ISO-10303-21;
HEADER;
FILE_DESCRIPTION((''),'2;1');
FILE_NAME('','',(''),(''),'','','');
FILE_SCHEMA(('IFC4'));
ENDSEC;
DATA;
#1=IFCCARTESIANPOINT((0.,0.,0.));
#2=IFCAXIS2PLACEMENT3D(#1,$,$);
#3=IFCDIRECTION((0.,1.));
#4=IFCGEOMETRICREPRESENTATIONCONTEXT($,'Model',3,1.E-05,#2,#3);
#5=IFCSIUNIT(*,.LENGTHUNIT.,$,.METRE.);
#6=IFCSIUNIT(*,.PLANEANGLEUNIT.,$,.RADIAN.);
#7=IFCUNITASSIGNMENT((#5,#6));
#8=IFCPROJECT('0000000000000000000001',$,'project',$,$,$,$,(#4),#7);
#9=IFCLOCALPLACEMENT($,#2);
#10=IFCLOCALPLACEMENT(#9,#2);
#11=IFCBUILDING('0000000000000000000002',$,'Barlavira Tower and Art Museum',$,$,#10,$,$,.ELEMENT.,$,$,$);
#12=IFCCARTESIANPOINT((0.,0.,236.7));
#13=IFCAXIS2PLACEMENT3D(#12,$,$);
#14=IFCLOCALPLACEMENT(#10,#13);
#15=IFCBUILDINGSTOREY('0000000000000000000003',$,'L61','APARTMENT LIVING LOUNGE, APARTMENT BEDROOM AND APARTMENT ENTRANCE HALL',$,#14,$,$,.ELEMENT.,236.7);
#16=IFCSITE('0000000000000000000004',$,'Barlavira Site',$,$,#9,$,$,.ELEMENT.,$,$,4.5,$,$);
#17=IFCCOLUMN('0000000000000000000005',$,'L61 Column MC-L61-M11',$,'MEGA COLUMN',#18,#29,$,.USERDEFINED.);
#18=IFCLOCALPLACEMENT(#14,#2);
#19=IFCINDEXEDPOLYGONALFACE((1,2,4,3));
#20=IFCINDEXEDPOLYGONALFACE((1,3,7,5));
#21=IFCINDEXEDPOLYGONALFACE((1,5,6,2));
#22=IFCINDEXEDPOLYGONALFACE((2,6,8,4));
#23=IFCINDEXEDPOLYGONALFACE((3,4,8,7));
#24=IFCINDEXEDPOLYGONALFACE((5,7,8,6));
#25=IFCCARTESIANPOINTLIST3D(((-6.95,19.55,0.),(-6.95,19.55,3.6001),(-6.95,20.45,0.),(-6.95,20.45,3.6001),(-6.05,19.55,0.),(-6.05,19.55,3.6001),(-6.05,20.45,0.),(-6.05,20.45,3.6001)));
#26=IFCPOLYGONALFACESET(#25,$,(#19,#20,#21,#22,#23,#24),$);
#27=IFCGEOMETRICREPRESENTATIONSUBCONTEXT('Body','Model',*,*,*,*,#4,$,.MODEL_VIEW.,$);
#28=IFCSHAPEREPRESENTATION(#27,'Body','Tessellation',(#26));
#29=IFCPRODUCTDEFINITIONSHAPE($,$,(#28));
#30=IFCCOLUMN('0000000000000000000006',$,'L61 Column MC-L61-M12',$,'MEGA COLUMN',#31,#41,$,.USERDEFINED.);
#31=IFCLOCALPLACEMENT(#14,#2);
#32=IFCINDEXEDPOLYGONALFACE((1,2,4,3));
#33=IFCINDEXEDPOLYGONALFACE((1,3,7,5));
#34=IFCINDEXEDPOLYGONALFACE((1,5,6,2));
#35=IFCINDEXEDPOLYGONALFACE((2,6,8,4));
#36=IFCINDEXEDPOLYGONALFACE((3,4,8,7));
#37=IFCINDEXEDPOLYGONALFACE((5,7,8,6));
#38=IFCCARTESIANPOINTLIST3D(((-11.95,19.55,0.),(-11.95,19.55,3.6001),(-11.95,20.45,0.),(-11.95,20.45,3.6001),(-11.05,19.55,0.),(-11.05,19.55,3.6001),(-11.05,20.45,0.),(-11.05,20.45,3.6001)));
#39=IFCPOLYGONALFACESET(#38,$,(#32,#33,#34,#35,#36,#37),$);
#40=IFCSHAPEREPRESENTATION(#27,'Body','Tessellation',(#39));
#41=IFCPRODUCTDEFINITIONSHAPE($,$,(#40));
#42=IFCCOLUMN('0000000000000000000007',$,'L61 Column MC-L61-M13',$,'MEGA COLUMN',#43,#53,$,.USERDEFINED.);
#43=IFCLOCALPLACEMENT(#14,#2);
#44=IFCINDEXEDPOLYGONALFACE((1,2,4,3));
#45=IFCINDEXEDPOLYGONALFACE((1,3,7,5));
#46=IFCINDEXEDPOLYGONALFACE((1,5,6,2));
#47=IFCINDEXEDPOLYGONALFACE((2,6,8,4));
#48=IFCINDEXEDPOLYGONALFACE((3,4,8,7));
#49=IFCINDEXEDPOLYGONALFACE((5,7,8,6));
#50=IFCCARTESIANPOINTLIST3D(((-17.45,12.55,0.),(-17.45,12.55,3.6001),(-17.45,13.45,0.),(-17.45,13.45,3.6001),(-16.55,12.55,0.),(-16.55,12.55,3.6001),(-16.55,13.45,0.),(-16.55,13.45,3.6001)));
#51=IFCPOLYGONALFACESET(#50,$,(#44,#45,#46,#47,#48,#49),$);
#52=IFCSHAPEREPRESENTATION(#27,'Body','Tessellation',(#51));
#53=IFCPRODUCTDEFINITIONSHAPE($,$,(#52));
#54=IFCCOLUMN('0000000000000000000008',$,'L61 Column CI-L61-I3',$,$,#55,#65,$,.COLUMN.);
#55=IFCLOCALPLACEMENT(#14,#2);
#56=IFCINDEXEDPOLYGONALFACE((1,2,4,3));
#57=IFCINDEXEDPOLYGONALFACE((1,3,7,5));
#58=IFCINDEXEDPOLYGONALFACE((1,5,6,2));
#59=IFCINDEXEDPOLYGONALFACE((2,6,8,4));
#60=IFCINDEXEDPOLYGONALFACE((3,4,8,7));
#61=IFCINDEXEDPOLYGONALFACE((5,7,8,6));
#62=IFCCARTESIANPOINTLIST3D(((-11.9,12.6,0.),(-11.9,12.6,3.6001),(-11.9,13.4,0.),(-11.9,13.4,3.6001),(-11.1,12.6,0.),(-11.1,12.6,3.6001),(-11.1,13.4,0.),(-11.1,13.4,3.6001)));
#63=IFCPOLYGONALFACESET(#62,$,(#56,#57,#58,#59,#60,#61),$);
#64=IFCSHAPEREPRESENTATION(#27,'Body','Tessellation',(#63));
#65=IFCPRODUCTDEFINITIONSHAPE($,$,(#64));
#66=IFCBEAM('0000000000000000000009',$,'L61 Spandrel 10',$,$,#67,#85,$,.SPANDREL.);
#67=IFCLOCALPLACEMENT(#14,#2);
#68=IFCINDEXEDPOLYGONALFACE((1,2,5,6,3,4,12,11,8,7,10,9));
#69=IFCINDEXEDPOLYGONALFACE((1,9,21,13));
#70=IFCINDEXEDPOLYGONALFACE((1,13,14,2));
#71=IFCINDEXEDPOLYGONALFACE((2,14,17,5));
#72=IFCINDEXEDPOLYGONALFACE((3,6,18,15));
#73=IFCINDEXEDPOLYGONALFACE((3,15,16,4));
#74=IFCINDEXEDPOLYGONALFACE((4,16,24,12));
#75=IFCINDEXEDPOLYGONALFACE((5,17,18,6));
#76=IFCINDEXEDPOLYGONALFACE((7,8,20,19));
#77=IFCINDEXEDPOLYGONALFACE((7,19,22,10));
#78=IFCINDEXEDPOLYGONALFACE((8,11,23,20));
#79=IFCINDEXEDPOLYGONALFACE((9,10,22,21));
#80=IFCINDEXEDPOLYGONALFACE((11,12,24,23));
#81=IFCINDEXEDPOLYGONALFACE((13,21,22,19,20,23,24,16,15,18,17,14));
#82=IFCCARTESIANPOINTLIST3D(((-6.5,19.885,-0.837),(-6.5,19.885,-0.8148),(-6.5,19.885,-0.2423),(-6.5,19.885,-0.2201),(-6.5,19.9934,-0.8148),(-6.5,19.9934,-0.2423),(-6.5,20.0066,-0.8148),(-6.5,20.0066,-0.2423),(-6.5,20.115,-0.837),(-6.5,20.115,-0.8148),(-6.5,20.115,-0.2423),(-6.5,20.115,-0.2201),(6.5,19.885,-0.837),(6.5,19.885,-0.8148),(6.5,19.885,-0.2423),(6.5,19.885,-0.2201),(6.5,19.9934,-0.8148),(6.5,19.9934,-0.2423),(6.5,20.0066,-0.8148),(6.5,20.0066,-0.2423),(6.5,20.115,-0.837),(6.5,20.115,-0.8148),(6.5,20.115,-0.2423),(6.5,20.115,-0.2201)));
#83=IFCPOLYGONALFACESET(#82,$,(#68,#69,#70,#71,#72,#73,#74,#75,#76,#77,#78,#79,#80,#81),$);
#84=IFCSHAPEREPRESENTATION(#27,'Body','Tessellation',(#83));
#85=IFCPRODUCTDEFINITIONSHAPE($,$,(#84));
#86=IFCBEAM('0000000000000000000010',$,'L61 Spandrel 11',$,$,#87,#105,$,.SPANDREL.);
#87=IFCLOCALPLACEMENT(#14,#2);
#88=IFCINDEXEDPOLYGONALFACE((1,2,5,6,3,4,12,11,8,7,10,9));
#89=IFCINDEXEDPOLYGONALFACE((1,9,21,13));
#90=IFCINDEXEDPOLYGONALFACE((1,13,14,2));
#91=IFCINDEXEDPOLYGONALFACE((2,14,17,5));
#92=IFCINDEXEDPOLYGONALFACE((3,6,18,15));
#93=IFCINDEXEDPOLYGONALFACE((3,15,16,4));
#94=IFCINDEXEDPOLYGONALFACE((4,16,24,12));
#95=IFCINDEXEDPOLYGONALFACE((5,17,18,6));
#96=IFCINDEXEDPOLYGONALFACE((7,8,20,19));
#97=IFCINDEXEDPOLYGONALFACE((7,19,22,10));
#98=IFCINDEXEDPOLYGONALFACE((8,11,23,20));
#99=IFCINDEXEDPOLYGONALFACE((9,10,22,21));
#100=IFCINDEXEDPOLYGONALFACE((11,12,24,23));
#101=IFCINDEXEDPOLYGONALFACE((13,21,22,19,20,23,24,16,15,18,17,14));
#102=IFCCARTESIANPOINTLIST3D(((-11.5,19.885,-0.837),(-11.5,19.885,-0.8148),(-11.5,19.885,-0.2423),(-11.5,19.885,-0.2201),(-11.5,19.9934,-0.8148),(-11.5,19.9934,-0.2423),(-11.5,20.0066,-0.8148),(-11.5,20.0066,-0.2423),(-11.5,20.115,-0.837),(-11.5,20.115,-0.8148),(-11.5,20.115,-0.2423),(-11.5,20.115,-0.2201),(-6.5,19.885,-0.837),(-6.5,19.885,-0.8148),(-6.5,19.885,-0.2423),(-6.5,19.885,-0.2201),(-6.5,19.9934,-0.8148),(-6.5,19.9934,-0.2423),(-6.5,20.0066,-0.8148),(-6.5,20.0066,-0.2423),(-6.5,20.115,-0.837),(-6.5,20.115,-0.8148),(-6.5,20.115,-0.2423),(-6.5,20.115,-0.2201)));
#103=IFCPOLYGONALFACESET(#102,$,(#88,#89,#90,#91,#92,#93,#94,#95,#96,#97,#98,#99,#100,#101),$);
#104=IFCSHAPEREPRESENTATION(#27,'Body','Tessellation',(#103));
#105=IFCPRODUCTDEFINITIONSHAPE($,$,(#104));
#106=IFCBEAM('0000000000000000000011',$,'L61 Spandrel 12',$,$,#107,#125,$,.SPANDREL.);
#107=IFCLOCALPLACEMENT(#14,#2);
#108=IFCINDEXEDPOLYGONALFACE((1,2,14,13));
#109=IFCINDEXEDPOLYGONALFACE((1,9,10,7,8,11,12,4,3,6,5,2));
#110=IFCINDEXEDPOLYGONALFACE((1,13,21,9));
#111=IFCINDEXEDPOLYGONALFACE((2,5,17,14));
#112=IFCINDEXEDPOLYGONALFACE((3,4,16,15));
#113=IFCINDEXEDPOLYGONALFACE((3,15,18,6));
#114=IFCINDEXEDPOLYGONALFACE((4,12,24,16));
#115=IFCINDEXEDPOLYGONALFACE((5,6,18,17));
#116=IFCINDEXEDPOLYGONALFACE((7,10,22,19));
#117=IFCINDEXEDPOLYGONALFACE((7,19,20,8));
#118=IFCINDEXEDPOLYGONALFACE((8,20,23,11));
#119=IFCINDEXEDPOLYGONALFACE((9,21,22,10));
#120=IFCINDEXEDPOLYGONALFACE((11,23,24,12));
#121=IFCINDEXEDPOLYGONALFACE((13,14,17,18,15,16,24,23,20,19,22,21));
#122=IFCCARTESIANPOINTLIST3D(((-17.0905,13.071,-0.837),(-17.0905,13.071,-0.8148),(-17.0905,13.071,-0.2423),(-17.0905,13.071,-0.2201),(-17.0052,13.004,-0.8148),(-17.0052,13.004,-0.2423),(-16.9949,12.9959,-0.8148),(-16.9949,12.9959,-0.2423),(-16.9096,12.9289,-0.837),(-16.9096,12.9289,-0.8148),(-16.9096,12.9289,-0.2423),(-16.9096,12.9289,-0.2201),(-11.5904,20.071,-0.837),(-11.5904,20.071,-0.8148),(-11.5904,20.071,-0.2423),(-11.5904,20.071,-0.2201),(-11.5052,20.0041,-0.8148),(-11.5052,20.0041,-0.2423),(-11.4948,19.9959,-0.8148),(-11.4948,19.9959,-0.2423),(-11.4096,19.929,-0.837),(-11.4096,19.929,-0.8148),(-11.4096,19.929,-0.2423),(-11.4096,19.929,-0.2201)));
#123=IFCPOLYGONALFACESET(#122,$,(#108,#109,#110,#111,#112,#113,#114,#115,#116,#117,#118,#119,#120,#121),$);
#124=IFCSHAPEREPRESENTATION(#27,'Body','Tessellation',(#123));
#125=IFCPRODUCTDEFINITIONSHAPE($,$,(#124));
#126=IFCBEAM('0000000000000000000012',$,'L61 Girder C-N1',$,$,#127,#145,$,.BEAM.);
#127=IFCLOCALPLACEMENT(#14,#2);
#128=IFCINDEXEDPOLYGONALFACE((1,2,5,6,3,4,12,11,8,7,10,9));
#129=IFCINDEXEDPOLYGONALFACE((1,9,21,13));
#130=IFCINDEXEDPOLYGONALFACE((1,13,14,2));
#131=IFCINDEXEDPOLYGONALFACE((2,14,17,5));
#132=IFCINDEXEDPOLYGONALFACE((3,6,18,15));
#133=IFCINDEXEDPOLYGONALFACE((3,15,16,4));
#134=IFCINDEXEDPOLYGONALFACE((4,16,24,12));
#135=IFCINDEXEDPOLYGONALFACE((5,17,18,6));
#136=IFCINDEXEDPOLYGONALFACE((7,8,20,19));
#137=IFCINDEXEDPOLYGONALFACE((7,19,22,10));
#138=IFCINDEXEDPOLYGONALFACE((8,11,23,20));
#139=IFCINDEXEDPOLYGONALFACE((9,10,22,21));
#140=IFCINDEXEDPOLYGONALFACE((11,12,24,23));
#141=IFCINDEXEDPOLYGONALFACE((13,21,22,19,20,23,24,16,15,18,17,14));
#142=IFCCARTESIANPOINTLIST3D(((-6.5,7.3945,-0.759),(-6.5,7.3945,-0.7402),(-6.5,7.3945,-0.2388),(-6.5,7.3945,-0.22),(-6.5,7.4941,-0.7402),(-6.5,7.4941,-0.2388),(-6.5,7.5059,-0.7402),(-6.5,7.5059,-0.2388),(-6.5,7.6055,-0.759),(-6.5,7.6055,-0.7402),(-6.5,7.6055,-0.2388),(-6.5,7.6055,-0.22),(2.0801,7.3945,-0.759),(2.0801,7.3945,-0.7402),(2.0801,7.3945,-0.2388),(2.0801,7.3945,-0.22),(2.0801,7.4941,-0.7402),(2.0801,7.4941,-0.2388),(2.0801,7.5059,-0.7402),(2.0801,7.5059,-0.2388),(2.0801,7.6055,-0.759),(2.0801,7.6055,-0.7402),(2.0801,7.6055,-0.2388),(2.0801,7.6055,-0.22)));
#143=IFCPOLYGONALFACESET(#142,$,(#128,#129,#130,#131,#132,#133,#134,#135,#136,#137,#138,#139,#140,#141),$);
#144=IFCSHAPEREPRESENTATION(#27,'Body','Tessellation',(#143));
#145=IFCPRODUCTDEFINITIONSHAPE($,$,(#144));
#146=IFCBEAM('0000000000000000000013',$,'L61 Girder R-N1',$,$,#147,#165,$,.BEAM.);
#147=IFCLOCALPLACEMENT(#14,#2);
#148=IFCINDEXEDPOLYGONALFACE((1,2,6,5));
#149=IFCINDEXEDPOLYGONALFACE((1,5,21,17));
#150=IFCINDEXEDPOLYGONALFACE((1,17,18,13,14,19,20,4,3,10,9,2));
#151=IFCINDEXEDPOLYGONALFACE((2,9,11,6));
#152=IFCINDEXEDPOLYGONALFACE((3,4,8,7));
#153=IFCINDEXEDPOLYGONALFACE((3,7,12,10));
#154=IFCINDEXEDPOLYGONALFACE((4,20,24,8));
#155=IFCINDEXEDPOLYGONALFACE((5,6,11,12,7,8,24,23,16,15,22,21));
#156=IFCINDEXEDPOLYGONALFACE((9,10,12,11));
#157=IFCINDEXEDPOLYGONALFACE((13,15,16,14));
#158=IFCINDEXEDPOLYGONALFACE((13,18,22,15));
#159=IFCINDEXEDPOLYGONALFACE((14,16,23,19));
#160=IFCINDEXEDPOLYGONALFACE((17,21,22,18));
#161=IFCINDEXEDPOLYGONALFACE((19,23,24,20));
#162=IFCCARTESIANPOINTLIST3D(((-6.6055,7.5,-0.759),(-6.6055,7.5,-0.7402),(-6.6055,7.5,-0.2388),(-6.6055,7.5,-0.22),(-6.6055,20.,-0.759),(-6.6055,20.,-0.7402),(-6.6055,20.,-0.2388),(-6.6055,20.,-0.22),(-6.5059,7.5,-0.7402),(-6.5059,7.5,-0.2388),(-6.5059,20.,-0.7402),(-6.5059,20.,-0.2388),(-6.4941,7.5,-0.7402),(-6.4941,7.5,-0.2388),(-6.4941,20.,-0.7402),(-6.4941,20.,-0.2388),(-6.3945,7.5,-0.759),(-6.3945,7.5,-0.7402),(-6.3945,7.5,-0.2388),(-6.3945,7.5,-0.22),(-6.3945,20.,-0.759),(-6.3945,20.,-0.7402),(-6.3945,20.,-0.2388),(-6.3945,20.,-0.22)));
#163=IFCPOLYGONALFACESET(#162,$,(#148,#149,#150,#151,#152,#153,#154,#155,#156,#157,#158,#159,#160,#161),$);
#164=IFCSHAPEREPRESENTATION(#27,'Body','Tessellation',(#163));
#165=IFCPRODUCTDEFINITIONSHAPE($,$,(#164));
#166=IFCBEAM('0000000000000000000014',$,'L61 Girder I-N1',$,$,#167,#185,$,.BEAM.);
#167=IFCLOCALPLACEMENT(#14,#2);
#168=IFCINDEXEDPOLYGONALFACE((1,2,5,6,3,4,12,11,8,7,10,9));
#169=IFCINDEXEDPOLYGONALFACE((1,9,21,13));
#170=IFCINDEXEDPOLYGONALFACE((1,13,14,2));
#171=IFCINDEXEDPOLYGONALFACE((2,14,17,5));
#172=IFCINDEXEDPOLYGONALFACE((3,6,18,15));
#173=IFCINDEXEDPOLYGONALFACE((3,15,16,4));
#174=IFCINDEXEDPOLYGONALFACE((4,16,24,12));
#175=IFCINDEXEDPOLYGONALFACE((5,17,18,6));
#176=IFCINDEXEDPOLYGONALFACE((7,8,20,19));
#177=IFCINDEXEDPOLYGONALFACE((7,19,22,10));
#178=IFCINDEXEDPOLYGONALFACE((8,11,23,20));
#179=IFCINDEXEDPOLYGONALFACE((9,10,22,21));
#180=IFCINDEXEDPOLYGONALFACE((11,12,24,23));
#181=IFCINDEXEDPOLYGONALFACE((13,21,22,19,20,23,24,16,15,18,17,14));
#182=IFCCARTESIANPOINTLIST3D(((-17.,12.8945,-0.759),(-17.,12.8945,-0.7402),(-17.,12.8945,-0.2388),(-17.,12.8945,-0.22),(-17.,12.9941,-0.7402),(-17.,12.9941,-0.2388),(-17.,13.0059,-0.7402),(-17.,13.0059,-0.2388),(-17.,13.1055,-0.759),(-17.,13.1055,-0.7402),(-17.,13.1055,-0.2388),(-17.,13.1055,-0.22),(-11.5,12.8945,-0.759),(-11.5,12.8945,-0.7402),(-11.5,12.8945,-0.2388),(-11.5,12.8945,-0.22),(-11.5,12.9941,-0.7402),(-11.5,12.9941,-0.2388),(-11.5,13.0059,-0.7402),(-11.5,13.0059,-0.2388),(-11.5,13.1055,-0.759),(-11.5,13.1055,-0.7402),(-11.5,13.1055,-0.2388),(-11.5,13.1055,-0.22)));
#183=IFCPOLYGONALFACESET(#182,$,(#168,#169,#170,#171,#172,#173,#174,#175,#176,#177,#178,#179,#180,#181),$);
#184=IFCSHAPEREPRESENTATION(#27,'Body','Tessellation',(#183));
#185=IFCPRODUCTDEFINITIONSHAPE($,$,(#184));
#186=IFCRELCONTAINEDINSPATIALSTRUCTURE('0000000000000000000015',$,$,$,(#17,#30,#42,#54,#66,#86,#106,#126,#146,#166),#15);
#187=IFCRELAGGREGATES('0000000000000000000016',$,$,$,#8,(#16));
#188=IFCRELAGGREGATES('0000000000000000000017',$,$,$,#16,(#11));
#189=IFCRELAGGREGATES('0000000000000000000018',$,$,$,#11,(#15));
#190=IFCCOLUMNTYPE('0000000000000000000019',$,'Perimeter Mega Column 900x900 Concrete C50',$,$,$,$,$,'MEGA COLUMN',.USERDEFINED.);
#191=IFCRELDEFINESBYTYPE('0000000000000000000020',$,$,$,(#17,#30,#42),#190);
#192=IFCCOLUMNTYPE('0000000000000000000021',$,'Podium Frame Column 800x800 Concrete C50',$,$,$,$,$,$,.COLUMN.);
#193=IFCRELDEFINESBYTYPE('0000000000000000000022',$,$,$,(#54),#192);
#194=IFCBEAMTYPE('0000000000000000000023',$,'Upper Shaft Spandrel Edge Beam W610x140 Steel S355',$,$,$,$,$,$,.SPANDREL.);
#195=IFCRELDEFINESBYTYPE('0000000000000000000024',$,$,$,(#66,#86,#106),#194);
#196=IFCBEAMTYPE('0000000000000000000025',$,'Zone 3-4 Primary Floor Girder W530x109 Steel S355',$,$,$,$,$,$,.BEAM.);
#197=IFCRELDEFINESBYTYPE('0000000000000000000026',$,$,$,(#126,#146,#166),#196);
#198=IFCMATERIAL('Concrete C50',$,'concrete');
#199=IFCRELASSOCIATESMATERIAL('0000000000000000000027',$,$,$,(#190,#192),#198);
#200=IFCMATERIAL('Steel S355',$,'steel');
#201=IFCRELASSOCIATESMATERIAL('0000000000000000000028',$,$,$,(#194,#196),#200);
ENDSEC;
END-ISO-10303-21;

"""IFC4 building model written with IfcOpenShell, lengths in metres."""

from ifc_helpers import new_model, si_unit, direction, frame, origin, origin_2d, place, context, subcontext, project, spatial, rectangle, i_section, extrude, material, material_profile, profile_set, type_object, element, save


model = new_model("IFC4")

# Units and contexts
model_context = context("Model", 3, precision=1e-05, world=origin(), true_north=direction((0.0, 1.0)))
body_context = subcontext(model_context, "Body", "Model", "MODEL_VIEW")
ifc_project = project(units=[si_unit("LENGTHUNIT", "METRE"), si_unit("PLANEANGLEUNIT", "RADIAN")], contexts=[model_context])

# Site, building, storey
site_placement = place(None, origin())
site = spatial("IfcSite", under=ifc_project, at=site_placement, Name="Barlavira Site", CompositionType="ELEMENT", RefElevation=4.5)
building_placement = place(site_placement, origin())
building = spatial("IfcBuilding", under=site, at=building_placement, Name="Barlavira Tower and Art Museum", CompositionType="ELEMENT")
storey_placement = place(building_placement, frame((0.0, 0.0, 236.7)))
storey = spatial("IfcBuildingStorey", under=building, at=storey_placement, Name="L61", Description="APARTMENT LIVING LOUNGE, APARTMENT BEDROOM AND APARTMENT ENTRANCE HALL", CompositionType="ELEMENT", Elevation=236.7)

# Columns
ifc_material_1 = material(Name="Concrete C50", Category="concrete")
ifc_material_profile_1 = material_profile(ifc_material_1, rectangle(XDim=0.8999, YDim=0.8999, at=origin_2d()), Name="RC-COL 900x900")
ifc_profile_set_1 = profile_set([ifc_material_profile_1], Name="Concrete C50")
column_type_1 = type_object("IfcColumnType", Name="Perimeter Mega Column 900x900 Concrete C50", ElementType="MEGA COLUMN", PredefinedType="USERDEFINED", material=ifc_profile_set_1)
for number, where, z_axis, x_axis, name in (
    (1, (-6.5, 20.0, 0.0), (0.0, 0.0, 1.0), (1.0, 0.0, 0.0), "L61 Column MC-L61-M11"),
    (2, (-11.5, 20.0, 0.0), (0.0, 0.0, 1.0), (1.0, 0.0, 0.0), "L61 Column MC-L61-M12"),
    (3, (-17.0, 13.0, 0.0), (0.0, 0.0, 1.0), (1.0, 0.0, 0.0), "L61 Column MC-L61-M13"),
):
    element("IfcColumn", number, at=place(storey_placement, frame(where, z_axis=z_axis, x_axis=x_axis)), inside=storey, type_object=column_type_1, Name=name, ObjectType="MEGA COLUMN", PredefinedType="USERDEFINED", context=body_context, shape_type="SweptSolid", body=[
        extrude(rectangle(XDim=0.8999, YDim=0.8999, at=origin_2d()), origin(), (0.0, 0.0, 1.0), 3.6001),
    ])
ifc_material_profile_2 = material_profile(ifc_material_1, rectangle(XDim=0.8, YDim=0.8, at=origin_2d()), Name="RC-COL 800x800")
ifc_profile_set_2 = profile_set([ifc_material_profile_2], Name="Concrete C50")
column_type_2 = type_object("IfcColumnType", Name="Podium Frame Column 800x800 Concrete C50", PredefinedType="COLUMN", material=ifc_profile_set_2)
column_placement = place(storey_placement, frame((-11.5, 13.0, 0.0), z_axis=(0.0, 0.0, 1.0), x_axis=(1.0, 0.0, 0.0)))
element("IfcColumn", 4, at=column_placement, inside=storey, type_object=column_type_2, Name="L61 Column CI-L61-I3", PredefinedType="COLUMN", context=body_context, shape_type="SweptSolid", body=[
    extrude(rectangle(XDim=0.8, YDim=0.8, at=origin_2d()), origin(), (0.0, 0.0, 1.0), 3.6001),
])

# Beams
ifc_material_2 = material(Name="Steel S355", Category="steel")
ifc_material_profile_3 = material_profile(ifc_material_2, i_section(OverallWidth=0.23, OverallDepth=0.6169, WebThickness=0.0132, FlangeThickness=0.0222, at=origin_2d()), Name="W610x140.0")
ifc_profile_set_3 = profile_set([ifc_material_profile_3], Name="Steel S355")
beam_type_1 = type_object("IfcBeamType", Name="Upper Shaft Spandrel Edge Beam W610x140 Steel S355", PredefinedType="SPANDREL", material=ifc_profile_set_3)
beam_1_placement = place(storey_placement, frame((-6.5, 20.0, -0.5286), z_axis=(1.0, 0.0, 0.0), x_axis=(0.0, 1.0, 0.0)))
element("IfcBeam", 5, at=beam_1_placement, inside=storey, type_object=beam_type_1, Name="L61 Spandrel 10", PredefinedType="SPANDREL", context=body_context, shape_type="SweptSolid", body=[
    extrude(i_section(OverallWidth=0.23, OverallDepth=0.6169, WebThickness=0.0132, FlangeThickness=0.0222, at=origin_2d()), origin(), (0.0, 0.0, 1.0), 13.0),
])
beam_2_placement = place(storey_placement, frame((-11.5, 20.0, -0.5286), z_axis=(1.0, 0.0, 0.0), x_axis=(0.0, 1.0, 0.0)))
element("IfcBeam", 6, at=beam_2_placement, inside=storey, type_object=beam_type_1, Name="L61 Spandrel 11", PredefinedType="SPANDREL", context=body_context, shape_type="SweptSolid", body=[
    extrude(i_section(OverallWidth=0.23, OverallDepth=0.6169, WebThickness=0.0132, FlangeThickness=0.0222, at=origin_2d()), origin(), (0.0, 0.0, 1.0), 5.0),
])
beam_3_placement = place(storey_placement, frame((-11.5, 20.0, -0.5286), z_axis=(-0.617822, -0.786318, 0.0), x_axis=(0.786318, -0.617822, 0.0)))
element("IfcBeam", 7, at=beam_3_placement, inside=storey, type_object=beam_type_1, Name="L61 Spandrel 12", PredefinedType="SPANDREL", context=body_context, shape_type="SweptSolid", body=[
    extrude(i_section(OverallWidth=0.23, OverallDepth=0.6169, WebThickness=0.0132, FlangeThickness=0.0222, at=origin_2d()), origin(), (0.0, 0.0, 1.0), 8.9023),
])
ifc_material_profile_4 = material_profile(ifc_material_2, i_section(OverallWidth=0.2109, OverallDepth=0.5391, WebThickness=0.0117, FlangeThickness=0.0188, at=origin_2d()), Name="W530x109.0")
ifc_profile_set_4 = profile_set([ifc_material_profile_4], Name="Steel S355")
beam_type_2 = type_object("IfcBeamType", Name="Zone 3-4 Primary Floor Girder W530x109 Steel S355", PredefinedType="BEAM", material=ifc_profile_set_4)
beam_4_placement = place(storey_placement, frame((-6.5, 7.5, -0.4895), z_axis=(1.0, 0.0, 0.0), x_axis=(0.0, 1.0, 0.0)))
element("IfcBeam", 8, at=beam_4_placement, inside=storey, type_object=beam_type_2, Name="L61 Girder C-N1", PredefinedType="BEAM", context=body_context, shape_type="SweptSolid", body=[
    extrude(i_section(OverallWidth=0.2109, OverallDepth=0.5391, WebThickness=0.0117, FlangeThickness=0.0188, at=origin_2d()), origin(), (0.0, 0.0, 1.0), 8.5801),
])
beam_5_placement = place(storey_placement, frame((-6.5, 7.5, -0.4895), z_axis=(0.0, 1.0, 0.0), x_axis=(-1.0, 0.0, 0.0)))
element("IfcBeam", 9, at=beam_5_placement, inside=storey, type_object=beam_type_2, Name="L61 Girder R-N1", PredefinedType="BEAM", context=body_context, shape_type="SweptSolid", body=[
    extrude(i_section(OverallWidth=0.2109, OverallDepth=0.5391, WebThickness=0.0117, FlangeThickness=0.0188, at=origin_2d()), origin(), (0.0, 0.0, 1.0), 12.5),
])
beam_6_placement = place(storey_placement, frame((-17.0, 13.0, -0.4895), z_axis=(1.0, 0.0, 0.0), x_axis=(0.0, 1.0, 0.0)))
element("IfcBeam", 10, at=beam_6_placement, inside=storey, type_object=beam_type_2, Name="L61 Girder I-N1", PredefinedType="BEAM", context=body_context, shape_type="SweptSolid", body=[
    extrude(i_section(OverallWidth=0.2109, OverallDepth=0.5391, WebThickness=0.0117, FlangeThickness=0.0188, at=origin_2d()), origin(), (0.0, 0.0, 1.0), 5.5),
])

save(model, "model.ifc")
